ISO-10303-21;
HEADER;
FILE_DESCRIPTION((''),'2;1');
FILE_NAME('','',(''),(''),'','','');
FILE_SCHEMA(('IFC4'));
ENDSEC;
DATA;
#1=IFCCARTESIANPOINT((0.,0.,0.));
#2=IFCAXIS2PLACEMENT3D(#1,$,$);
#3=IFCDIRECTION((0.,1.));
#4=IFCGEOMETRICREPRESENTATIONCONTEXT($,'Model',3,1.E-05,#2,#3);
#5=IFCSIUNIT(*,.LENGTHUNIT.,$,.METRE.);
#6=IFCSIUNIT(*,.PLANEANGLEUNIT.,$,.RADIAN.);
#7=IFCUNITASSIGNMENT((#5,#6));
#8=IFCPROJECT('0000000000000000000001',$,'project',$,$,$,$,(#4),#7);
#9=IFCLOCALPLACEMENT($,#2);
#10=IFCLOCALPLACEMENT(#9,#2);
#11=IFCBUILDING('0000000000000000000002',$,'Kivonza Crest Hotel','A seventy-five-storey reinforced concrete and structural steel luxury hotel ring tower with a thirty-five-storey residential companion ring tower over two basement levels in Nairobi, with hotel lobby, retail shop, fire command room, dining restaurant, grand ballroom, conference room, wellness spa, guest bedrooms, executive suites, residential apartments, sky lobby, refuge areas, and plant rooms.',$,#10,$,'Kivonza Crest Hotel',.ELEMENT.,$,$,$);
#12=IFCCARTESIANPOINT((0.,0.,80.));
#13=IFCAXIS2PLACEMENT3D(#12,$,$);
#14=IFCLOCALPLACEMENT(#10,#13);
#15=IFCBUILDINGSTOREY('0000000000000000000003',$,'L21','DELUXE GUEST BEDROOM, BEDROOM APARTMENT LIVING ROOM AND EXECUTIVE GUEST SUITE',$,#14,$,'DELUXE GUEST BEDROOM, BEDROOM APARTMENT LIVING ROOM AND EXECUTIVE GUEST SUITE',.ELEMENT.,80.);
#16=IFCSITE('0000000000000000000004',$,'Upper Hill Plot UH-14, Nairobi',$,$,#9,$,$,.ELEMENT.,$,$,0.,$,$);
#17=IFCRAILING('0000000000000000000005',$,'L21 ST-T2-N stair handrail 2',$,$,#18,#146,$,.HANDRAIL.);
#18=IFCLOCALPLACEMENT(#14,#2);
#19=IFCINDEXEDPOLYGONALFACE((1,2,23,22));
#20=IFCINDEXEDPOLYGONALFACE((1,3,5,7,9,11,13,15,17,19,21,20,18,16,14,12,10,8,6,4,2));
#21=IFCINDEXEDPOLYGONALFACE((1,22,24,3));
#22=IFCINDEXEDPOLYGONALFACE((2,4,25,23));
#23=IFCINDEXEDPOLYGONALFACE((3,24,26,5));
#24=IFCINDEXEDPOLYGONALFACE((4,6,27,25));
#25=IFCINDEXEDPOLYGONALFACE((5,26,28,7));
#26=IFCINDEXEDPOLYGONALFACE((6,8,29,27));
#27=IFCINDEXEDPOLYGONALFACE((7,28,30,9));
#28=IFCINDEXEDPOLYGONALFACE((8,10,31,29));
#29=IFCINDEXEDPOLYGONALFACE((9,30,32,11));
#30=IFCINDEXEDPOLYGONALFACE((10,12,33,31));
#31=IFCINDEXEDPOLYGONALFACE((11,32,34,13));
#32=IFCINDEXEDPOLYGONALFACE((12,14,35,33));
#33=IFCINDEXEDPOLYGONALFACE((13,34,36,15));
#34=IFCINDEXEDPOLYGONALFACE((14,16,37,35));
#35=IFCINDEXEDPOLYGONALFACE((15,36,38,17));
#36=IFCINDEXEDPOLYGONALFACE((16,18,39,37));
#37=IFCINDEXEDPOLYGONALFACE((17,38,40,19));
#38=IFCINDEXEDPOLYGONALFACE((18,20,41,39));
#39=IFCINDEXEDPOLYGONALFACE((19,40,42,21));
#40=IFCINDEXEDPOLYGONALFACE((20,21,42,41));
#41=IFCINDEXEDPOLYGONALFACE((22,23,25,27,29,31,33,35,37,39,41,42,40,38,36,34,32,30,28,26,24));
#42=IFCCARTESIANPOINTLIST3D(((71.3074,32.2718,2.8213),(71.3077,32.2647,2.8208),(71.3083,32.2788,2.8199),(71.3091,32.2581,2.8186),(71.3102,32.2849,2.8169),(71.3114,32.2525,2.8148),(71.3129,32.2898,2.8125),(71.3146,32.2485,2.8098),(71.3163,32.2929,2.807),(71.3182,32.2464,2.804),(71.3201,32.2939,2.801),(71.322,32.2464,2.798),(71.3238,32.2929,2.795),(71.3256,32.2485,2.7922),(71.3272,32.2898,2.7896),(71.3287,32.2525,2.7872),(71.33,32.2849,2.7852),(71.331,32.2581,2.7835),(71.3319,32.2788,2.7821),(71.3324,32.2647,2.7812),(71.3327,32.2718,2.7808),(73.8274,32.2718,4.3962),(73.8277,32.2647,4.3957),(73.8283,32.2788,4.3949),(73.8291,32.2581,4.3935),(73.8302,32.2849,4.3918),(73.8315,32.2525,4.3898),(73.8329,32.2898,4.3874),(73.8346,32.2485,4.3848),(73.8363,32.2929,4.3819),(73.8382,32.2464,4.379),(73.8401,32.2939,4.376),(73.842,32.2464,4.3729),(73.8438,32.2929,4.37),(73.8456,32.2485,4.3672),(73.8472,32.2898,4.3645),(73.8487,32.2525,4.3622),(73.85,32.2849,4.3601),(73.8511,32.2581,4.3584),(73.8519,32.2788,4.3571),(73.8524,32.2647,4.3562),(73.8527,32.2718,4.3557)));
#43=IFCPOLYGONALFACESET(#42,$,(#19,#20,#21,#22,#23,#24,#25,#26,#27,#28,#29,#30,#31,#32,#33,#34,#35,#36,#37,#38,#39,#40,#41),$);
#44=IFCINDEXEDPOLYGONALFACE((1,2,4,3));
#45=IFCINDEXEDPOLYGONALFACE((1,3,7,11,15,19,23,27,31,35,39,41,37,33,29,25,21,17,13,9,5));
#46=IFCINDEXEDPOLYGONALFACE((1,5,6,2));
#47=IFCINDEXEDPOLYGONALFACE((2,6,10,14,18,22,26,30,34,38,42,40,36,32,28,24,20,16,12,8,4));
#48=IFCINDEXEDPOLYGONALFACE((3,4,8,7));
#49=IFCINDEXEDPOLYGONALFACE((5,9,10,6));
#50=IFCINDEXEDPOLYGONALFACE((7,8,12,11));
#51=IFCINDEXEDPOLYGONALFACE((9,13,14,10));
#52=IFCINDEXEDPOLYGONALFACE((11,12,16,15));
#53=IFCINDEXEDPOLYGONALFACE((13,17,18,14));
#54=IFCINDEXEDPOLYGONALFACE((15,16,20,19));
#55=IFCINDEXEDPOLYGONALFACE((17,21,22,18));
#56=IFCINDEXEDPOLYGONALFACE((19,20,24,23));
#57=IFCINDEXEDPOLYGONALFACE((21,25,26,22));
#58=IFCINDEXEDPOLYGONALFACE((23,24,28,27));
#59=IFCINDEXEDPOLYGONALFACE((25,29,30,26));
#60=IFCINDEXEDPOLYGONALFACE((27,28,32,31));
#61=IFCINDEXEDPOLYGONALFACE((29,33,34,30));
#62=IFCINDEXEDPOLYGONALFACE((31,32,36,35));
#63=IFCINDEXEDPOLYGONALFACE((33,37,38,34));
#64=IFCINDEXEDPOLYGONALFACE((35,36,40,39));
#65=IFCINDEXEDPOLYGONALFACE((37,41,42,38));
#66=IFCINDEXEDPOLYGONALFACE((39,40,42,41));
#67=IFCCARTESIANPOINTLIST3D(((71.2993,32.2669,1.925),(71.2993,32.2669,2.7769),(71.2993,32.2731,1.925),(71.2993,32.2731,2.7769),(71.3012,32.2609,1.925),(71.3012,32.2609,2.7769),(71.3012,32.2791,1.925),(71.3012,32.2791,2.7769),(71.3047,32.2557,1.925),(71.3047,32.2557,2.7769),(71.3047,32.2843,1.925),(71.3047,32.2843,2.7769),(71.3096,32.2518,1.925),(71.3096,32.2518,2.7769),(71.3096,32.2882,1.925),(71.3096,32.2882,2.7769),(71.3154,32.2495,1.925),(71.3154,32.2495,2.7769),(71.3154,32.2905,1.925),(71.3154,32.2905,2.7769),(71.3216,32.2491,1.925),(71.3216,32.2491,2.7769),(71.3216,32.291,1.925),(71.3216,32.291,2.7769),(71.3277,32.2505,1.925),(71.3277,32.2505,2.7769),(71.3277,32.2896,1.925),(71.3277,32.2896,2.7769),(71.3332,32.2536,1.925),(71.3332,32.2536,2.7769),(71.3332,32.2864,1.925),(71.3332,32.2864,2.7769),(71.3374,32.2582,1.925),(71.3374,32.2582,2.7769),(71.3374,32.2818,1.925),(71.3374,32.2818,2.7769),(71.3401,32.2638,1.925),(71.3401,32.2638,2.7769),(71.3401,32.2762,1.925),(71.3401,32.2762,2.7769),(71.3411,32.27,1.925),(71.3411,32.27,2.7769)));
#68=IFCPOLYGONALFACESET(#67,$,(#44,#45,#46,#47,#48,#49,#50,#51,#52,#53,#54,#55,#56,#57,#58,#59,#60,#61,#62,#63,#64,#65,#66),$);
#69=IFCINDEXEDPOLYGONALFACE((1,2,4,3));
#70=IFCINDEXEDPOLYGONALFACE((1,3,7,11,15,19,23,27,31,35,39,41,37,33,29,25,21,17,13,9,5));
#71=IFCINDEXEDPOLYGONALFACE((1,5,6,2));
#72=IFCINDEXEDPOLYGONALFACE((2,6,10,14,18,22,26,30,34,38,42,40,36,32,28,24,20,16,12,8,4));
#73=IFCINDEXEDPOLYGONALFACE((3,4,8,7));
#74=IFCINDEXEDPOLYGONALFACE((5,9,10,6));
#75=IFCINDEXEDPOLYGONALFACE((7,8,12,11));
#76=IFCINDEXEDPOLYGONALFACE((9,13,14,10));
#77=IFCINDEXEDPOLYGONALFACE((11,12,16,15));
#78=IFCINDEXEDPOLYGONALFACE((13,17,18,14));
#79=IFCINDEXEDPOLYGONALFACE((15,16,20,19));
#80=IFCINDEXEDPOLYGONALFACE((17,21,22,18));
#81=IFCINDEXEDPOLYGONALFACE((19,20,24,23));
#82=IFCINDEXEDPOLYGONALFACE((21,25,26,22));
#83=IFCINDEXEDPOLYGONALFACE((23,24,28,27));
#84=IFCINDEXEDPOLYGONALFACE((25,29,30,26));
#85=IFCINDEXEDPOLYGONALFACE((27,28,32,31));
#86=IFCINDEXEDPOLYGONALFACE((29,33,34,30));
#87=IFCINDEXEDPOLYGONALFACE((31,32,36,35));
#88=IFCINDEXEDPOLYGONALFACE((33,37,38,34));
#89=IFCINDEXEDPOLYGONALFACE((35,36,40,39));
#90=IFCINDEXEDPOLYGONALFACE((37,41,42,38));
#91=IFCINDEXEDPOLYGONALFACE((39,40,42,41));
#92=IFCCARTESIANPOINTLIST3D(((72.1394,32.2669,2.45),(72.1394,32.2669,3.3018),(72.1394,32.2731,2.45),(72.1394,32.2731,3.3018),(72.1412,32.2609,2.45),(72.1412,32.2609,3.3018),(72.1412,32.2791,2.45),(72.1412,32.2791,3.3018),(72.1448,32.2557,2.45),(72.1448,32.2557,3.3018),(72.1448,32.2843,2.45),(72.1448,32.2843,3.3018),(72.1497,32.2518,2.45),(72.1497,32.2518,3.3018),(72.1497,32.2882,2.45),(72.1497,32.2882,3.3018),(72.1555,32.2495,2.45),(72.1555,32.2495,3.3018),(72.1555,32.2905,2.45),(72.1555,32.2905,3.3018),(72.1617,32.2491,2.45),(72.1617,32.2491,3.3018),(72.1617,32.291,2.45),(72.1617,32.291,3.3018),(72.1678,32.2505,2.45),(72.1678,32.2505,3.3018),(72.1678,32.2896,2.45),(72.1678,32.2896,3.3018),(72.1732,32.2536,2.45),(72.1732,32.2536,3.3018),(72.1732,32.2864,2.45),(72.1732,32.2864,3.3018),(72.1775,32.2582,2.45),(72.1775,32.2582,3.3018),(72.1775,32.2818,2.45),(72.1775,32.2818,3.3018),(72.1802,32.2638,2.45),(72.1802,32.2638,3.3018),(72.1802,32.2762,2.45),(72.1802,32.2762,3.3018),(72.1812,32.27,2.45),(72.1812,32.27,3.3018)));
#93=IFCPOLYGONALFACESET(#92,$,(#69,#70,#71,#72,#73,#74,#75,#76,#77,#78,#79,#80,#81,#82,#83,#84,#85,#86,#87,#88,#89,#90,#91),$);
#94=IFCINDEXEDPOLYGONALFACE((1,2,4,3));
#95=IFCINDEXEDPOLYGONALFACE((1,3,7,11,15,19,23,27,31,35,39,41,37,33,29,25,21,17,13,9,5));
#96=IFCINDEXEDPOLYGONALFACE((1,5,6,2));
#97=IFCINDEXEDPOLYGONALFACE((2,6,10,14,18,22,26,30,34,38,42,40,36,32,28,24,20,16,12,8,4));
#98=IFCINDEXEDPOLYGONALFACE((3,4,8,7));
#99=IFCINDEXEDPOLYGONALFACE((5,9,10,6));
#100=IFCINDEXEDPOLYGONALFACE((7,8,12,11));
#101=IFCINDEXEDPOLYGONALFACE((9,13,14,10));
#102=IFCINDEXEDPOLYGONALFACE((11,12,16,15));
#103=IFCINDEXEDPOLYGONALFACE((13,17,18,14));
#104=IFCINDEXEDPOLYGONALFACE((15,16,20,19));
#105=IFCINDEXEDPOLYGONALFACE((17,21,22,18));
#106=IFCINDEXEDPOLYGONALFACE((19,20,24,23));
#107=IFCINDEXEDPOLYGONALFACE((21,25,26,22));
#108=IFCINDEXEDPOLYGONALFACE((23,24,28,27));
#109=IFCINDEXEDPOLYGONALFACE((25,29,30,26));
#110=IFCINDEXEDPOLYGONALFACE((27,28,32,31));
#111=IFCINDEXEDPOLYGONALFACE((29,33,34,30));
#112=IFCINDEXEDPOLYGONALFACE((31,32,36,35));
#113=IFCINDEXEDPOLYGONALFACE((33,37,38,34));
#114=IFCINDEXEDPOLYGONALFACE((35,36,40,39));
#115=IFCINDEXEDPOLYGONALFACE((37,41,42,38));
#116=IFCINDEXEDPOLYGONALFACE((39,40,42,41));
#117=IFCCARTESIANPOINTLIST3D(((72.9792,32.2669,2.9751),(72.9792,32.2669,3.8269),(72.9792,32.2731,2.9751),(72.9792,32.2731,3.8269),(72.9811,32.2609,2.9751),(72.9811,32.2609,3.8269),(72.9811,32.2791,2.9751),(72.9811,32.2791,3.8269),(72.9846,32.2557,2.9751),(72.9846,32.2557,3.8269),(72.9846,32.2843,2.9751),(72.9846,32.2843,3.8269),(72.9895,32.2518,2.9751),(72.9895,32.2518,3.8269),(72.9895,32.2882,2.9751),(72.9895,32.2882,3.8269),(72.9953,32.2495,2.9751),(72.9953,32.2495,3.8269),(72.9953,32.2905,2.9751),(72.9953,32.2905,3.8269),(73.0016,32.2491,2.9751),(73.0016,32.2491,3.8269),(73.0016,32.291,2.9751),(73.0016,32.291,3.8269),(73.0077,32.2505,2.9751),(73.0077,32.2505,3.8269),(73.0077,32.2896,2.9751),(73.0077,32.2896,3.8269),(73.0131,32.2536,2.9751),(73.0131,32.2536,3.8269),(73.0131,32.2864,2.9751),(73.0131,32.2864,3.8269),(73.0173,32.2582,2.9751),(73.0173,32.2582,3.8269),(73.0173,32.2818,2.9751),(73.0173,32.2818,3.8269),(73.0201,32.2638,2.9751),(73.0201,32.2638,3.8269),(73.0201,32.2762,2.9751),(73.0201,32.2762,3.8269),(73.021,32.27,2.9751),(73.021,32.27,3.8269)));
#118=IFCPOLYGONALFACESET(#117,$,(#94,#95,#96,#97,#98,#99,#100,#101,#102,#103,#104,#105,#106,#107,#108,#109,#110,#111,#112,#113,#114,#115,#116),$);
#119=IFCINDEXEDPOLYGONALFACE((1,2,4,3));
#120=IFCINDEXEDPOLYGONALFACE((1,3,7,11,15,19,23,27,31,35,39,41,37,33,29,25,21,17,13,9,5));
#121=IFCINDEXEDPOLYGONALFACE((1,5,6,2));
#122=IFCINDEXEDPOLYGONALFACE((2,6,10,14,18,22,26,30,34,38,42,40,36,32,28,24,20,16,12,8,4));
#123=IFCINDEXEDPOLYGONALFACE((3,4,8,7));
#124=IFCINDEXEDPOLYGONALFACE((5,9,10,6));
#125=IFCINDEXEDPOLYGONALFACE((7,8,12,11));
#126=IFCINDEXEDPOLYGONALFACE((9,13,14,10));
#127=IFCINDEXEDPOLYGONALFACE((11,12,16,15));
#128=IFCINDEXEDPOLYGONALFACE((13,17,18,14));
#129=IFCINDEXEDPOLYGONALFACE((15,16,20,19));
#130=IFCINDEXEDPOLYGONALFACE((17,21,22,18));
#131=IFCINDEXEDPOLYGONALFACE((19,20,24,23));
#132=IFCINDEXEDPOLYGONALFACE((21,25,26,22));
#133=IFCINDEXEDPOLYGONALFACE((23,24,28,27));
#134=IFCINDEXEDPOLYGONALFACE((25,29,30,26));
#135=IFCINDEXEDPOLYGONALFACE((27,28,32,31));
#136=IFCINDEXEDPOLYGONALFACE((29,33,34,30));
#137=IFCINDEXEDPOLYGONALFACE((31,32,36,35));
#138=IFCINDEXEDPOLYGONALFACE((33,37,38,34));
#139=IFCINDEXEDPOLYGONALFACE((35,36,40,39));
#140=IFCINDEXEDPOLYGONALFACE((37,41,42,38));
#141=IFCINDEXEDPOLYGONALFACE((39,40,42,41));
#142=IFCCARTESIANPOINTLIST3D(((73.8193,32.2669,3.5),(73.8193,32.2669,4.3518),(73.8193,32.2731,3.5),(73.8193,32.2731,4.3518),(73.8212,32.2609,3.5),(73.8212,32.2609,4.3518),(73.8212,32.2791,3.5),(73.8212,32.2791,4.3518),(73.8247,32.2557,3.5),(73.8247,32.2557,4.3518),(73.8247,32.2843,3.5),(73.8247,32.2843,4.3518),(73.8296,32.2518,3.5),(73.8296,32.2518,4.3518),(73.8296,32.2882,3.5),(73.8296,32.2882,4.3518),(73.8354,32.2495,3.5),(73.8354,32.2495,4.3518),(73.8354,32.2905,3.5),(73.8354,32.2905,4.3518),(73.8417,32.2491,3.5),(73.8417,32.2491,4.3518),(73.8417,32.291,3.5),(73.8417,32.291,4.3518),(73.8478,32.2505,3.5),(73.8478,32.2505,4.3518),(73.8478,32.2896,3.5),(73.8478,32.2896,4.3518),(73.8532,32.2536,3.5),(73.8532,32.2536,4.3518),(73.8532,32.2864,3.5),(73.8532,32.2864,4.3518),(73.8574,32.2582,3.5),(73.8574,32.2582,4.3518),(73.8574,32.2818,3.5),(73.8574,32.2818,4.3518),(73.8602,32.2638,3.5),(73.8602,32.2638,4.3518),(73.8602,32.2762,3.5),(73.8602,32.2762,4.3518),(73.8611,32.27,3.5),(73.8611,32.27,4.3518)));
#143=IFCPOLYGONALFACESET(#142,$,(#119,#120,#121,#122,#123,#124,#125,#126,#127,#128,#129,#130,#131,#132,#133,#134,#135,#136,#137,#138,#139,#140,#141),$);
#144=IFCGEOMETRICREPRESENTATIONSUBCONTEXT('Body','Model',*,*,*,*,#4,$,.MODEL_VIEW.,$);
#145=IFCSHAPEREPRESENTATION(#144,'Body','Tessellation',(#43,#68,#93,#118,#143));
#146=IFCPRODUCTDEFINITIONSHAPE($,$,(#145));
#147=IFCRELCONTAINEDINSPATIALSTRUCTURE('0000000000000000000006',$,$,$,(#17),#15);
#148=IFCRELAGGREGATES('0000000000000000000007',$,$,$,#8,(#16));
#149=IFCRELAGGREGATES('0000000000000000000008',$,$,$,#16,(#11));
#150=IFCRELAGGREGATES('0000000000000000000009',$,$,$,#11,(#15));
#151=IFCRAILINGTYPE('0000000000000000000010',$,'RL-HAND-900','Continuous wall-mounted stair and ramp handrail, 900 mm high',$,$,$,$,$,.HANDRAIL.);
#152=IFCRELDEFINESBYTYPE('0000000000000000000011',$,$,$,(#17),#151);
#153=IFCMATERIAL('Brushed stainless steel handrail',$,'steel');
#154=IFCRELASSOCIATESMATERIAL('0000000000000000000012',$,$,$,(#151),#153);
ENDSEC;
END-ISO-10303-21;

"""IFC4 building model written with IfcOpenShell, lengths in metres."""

from ifc_helpers import new_model, si_unit, direction, frame, origin, origin_2d, place, context, subcontext, project, spatial, circle, extrude, material, type_object, element, save


model = new_model("IFC4")

# Units and contexts
model_context = context("Model", 3, precision=1e-05, world=origin(), true_north=direction((0.0, 1.0)))
body_context = subcontext(model_context, "Body", "Model", "MODEL_VIEW")
ifc_project = project(units=[si_unit("LENGTHUNIT", "METRE"), si_unit("PLANEANGLEUNIT", "RADIAN")], contexts=[model_context])

# Site, building, storey
site_placement = place(None, origin())
site = spatial("IfcSite", under=ifc_project, at=site_placement, Name="Upper Hill Plot UH-14, Nairobi", CompositionType="ELEMENT", RefElevation=0.0)
building_placement = place(site_placement, origin())
building = spatial("IfcBuilding", under=site, at=building_placement, Name="Kivonza Crest Hotel", Description="A seventy-five-storey reinforced concrete and structural steel luxury hotel ring tower with a thirty-five-storey residential companion ring tower over two basement levels in Nairobi, with hotel lobby, retail shop, fire command room, dining restaurant, grand ballroom, conference room, wellness spa, guest bedrooms, executive suites, residential apartments, sky lobby, refuge areas, and plant rooms.", LongName="Kivonza Crest Hotel", CompositionType="ELEMENT")
storey_placement = place(building_placement, frame((0.0, 0.0, 80.0)))
storey = spatial("IfcBuildingStorey", under=building, at=storey_placement, Name="L21", Description="DELUXE GUEST BEDROOM, BEDROOM APARTMENT LIVING ROOM AND EXECUTIVE GUEST SUITE", LongName="DELUXE GUEST BEDROOM, BEDROOM APARTMENT LIVING ROOM AND EXECUTIVE GUEST SUITE", CompositionType="ELEMENT", Elevation=80.0)

# Railing
ifc_material_1 = material(Name="Brushed stainless steel handrail", Category="steel")
railing_type_1 = type_object("IfcRailingType", Name="RL-HAND-900", Description="Continuous wall-mounted stair and ramp handrail, 900 mm high", PredefinedType="HANDRAIL", material=ifc_material_1)
railing_1_placement = place(storey_placement, frame((71.3201, 32.27, 1.925)))
element("IfcRailing", 1, at=railing_1_placement, inside=storey, type_object=railing_type_1, Name="L21 ST-T2-N stair handrail 2", PredefinedType="HANDRAIL", context=body_context, shape_type="SweptSolid", body=[
    extrude(circle(Radius=0.0239, at=origin_2d()), frame((0.0, 0.0, 0.876), z_axis=(0.848008, 0.0, 0.529984), x_axis=(0.0, 1.0, 0.0)), (0.0, 0.0, 1.0), 2.9717),
    extrude(circle(Radius=0.021, at=origin_2d()), origin(), (0.0, 0.0, 1.0), 0.8518),
    extrude(circle(Radius=0.021, at=origin_2d()), frame((0.8401, 0.0, 0.5249)), (0.0, 0.0, 1.0), 0.8518),
    extrude(circle(Radius=0.021, at=origin_2d()), frame((1.6799, 0.0, 1.05)), (0.0, 0.0, 1.0), 0.8518),
    extrude(circle(Radius=0.021, at=origin_2d()), frame((2.52, 0.0, 1.575)), (0.0, 0.0, 1.0), 0.8518),
])

save(model, "model.ifc")
